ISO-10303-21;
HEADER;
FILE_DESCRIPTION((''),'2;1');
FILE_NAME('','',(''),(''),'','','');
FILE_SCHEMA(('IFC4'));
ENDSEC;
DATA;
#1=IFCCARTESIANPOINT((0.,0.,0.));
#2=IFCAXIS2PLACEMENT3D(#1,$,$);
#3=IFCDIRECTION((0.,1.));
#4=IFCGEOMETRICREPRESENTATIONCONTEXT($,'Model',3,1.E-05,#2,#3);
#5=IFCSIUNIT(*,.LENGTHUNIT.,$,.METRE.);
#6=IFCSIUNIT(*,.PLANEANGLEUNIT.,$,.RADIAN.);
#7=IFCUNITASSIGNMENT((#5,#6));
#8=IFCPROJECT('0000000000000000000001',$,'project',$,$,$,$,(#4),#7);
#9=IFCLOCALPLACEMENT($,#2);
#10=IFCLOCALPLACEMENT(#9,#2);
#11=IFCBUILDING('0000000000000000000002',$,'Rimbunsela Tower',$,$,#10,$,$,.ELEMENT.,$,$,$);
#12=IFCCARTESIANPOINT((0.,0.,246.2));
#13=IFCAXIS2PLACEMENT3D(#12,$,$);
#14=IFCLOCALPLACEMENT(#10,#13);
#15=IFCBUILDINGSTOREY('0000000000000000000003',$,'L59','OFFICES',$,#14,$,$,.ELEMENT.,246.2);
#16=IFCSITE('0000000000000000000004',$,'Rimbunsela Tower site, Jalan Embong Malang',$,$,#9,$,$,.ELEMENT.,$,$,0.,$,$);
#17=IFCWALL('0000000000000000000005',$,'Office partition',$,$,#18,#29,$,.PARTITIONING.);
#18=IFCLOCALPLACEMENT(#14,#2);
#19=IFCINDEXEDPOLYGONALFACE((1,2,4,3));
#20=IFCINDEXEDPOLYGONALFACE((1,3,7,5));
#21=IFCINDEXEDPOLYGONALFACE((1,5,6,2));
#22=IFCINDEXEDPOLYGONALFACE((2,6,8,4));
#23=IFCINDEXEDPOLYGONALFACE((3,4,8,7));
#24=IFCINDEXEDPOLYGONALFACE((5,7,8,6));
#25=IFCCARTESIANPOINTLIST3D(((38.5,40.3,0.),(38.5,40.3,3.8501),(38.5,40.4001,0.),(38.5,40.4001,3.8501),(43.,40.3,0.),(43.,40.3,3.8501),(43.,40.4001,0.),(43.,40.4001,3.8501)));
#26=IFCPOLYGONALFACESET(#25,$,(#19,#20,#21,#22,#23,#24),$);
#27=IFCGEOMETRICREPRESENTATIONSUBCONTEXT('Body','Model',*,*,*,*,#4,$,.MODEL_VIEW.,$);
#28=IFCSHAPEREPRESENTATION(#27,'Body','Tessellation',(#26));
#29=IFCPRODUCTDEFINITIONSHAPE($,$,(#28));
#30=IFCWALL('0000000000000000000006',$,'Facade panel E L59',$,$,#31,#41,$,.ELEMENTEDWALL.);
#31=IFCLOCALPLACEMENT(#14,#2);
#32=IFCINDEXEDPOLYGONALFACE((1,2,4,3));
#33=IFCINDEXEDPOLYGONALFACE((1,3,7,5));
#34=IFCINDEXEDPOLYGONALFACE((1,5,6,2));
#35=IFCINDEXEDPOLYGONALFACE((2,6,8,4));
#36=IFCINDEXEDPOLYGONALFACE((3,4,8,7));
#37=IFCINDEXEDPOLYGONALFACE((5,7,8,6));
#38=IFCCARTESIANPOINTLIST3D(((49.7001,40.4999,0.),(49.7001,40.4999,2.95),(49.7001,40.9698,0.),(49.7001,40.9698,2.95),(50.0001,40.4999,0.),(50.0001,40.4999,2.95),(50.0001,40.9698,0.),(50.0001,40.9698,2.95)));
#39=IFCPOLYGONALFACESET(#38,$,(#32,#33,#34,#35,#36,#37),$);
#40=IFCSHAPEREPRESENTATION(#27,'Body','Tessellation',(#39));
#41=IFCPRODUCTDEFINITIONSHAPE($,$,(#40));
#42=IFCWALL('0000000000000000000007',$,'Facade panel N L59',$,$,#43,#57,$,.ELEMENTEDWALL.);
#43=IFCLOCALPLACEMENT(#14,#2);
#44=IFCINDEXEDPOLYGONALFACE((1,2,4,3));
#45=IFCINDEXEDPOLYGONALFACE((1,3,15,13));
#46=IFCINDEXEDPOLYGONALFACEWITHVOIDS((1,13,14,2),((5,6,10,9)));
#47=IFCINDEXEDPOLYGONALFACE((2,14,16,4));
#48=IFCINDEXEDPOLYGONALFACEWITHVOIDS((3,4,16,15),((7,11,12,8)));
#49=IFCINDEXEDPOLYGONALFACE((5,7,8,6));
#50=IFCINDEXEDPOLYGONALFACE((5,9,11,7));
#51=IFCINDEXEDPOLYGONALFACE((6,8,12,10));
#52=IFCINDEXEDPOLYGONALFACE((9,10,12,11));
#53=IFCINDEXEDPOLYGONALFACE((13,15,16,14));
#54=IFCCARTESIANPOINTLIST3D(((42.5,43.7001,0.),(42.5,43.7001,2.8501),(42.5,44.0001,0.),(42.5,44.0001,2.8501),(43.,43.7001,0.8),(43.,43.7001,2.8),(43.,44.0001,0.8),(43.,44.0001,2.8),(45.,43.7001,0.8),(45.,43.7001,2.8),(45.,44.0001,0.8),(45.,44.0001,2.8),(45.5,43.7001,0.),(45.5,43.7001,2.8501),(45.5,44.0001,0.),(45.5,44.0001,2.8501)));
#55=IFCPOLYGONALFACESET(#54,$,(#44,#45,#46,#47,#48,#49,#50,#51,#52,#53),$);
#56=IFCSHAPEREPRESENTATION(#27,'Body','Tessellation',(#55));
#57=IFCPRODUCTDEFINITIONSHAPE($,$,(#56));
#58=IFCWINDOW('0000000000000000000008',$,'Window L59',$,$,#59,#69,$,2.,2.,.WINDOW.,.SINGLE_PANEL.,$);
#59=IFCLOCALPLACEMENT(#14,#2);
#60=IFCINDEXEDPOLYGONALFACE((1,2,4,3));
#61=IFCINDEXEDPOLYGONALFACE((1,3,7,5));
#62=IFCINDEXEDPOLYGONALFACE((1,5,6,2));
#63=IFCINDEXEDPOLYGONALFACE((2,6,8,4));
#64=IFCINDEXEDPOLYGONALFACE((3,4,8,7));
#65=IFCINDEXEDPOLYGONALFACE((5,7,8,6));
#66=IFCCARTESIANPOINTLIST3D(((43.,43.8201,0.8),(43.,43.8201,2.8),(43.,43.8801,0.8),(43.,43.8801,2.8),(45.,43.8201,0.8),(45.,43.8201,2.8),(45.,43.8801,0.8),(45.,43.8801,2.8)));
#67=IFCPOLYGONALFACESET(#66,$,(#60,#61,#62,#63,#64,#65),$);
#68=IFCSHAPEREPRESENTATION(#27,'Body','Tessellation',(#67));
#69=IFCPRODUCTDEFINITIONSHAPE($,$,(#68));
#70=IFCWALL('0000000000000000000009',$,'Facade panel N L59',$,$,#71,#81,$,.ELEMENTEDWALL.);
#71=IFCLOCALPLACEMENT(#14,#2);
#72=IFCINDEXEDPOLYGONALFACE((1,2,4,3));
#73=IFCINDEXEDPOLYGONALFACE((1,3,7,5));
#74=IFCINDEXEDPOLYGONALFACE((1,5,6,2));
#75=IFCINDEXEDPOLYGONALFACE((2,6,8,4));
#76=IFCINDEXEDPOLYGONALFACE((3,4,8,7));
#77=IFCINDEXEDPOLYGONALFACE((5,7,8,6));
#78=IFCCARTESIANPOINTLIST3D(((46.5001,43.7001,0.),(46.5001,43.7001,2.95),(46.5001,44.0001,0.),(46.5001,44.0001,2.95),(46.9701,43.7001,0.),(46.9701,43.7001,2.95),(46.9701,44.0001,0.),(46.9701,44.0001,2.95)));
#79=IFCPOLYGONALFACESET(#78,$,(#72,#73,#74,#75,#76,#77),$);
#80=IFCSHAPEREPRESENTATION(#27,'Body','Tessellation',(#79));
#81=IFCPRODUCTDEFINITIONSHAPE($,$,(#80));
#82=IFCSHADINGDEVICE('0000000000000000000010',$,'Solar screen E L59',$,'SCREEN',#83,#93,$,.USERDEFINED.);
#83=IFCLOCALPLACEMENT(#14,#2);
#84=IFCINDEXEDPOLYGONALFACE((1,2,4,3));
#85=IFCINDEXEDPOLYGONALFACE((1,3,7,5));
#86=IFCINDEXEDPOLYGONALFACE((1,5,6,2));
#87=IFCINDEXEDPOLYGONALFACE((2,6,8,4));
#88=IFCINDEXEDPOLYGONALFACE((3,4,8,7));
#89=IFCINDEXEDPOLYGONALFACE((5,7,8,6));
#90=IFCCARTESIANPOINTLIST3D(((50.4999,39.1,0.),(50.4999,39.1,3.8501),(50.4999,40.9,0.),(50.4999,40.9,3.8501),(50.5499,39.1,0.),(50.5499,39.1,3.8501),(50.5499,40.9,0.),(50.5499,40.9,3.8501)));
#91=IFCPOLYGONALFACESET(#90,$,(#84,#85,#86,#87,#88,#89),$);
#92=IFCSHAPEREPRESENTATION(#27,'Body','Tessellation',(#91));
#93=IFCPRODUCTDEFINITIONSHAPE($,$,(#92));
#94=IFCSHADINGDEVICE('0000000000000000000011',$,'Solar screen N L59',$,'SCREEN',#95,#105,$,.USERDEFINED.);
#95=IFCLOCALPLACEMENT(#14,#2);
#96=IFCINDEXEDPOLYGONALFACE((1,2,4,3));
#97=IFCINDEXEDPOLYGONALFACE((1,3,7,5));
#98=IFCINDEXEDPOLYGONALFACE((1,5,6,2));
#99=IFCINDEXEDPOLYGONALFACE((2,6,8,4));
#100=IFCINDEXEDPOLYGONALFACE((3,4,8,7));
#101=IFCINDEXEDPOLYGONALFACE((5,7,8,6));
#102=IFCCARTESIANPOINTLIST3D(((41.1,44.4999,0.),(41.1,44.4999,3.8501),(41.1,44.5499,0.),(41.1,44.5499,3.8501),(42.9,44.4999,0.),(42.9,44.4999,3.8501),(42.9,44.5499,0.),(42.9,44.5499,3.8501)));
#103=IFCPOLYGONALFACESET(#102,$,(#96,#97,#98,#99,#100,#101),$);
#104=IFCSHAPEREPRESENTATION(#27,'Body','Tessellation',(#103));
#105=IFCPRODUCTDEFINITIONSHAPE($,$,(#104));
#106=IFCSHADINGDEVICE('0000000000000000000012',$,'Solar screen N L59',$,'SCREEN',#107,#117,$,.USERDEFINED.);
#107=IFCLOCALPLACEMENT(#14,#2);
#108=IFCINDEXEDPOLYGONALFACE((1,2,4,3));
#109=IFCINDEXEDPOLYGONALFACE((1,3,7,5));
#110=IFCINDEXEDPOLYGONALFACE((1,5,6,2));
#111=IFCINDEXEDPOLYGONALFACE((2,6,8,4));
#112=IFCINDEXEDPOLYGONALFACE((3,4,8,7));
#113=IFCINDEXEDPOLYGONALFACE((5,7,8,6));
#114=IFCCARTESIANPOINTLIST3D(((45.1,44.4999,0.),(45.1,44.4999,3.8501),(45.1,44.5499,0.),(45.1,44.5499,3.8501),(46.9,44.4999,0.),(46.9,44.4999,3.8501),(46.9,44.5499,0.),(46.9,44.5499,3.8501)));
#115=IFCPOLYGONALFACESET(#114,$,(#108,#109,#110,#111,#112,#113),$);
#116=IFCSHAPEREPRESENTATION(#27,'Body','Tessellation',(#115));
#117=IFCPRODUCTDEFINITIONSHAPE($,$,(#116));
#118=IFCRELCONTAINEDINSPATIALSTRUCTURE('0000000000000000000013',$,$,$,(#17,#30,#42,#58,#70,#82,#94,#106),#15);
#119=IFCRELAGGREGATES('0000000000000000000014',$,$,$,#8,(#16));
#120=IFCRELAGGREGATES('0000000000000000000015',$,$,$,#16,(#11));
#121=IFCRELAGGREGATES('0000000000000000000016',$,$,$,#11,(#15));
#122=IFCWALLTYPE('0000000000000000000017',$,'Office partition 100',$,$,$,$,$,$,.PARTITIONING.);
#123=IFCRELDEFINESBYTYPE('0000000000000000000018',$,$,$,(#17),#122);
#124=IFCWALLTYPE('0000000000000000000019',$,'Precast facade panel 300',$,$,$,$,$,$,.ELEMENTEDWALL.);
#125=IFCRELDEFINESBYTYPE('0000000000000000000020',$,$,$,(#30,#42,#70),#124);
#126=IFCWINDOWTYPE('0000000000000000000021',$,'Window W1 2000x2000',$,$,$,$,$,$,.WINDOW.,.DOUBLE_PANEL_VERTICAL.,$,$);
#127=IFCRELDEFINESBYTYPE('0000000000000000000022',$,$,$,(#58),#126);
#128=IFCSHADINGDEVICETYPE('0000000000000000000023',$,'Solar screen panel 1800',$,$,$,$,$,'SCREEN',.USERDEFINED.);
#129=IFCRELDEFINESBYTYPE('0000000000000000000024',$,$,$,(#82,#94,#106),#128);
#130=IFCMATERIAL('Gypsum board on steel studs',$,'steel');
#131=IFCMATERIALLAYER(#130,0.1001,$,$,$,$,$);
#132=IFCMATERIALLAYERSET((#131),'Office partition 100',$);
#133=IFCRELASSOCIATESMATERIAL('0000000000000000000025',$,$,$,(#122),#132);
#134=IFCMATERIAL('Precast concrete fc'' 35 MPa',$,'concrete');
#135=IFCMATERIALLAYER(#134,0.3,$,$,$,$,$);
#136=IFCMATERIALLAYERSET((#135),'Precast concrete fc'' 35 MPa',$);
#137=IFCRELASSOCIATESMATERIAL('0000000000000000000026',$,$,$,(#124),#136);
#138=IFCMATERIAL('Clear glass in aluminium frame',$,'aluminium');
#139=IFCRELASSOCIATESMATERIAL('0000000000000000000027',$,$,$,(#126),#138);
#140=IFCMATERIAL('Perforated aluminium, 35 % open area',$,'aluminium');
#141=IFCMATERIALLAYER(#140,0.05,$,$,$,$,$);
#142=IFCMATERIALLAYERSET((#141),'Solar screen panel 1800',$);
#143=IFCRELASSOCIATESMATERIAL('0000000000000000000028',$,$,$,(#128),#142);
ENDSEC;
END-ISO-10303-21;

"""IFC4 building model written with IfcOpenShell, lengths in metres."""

from ifc_helpers import new_model, si_unit, direction, frame, frame_2d, origin, origin_2d, place, context, subcontext, project, spatial, rectangle, extrude, material, layer, layer_set, type_object, element, fill, save


model = new_model("IFC4")

# Units and contexts
model_context = context("Model", 3, precision=1e-05, world=origin(), true_north=direction((0.0, 1.0)))
body_context = subcontext(model_context, "Body", "Model", "MODEL_VIEW")
ifc_project = project(units=[si_unit("LENGTHUNIT", "METRE"), si_unit("PLANEANGLEUNIT", "RADIAN")], contexts=[model_context])

# Site, building, storey
site_placement = place(None, origin())
site = spatial("IfcSite", under=ifc_project, at=site_placement, Name="Rimbunsela Tower site, Jalan Embong Malang", CompositionType="ELEMENT", RefElevation=0.0)
building_placement = place(site_placement, origin())
building = spatial("IfcBuilding", under=site, at=building_placement, Name="Rimbunsela Tower", CompositionType="ELEMENT")
storey_placement = place(building_placement, frame((0.0, 0.0, 246.2)))
storey = spatial("IfcBuildingStorey", under=building, at=storey_placement, Name="L59", Description="OFFICES", CompositionType="ELEMENT", Elevation=246.2)

# Walls
ifc_material_1 = material(Name="Gypsum board on steel studs", Category="steel")
ifc_layer_1 = layer(ifc_material_1, 0.1001)
ifc_layer_set_1 = layer_set([ifc_layer_1], Name="Office partition 100")
wall_type_1 = type_object("IfcWallType", Name="Office partition 100", PredefinedType="PARTITIONING", material=ifc_layer_set_1)
wall_1_placement = place(storey_placement, frame((43.0, 40.3501, 0.0), z_axis=(0.0, 0.0, 1.0), x_axis=(-1.0, 0.0, 0.0)))
element("IfcWall", 1, at=wall_1_placement, inside=storey, type_object=wall_type_1, Name="Office partition", PredefinedType="PARTITIONING", context=body_context, shape_type="SweptSolid", body=[
    extrude(rectangle(XDim=4.5, YDim=0.1001, at=frame_2d((2.25, 0.0))), origin(), (0.0, 0.0, 1.0), 3.8501),
])
ifc_material_2 = material(Name="Precast concrete fc' 35 MPa", Category="concrete")
ifc_layer_2 = layer(ifc_material_2, 0.3)
ifc_layer_set_2 = layer_set([ifc_layer_2], Name="Precast concrete fc' 35 MPa")
wall_type_2 = type_object("IfcWallType", Name="Precast facade panel 300", PredefinedType="ELEMENTEDWALL", material=ifc_layer_set_2)
wall_2_placement = place(storey_placement, frame((49.8501, 40.5, 0.0), z_axis=(0.0, 0.0, 1.0), x_axis=(0.0, 1.0, 0.0)))
element("IfcWall", 2, at=wall_2_placement, inside=storey, type_object=wall_type_2, Name="Facade panel E L59", PredefinedType="ELEMENTEDWALL", context=body_context, shape_type="SweptSolid", body=[
    extrude(rectangle(XDim=0.47, YDim=0.3, at=frame_2d((0.2349, 0.0))), origin(), (0.0, 0.0, 1.0), 2.95),
])

# Wall, opening, window
wall_3_placement = place(storey_placement, frame((45.5, 43.8501, 0.0), z_axis=(0.0, 0.0, 1.0), x_axis=(-1.0, 0.0, 0.0)))
wall_3 = element("IfcWall", 3, at=wall_3_placement, inside=storey, type_object=wall_type_2, Name="Facade panel N L59", PredefinedType="ELEMENTEDWALL", context=body_context, shape_type="SweptSolid", body=[
    extrude(rectangle(XDim=3.0, YDim=0.3, at=frame_2d((1.5, 0.0))), origin(), (0.0, 0.0, 1.0), 2.8501),
])
opening_placement = place(wall_3_placement, frame((0.5, 0.0, 0.8)))
opening = element("IfcOpeningElement", 4, at=opening_placement, cuts=wall_3, PredefinedType="OPENING", context=body_context, shape_type="SweptSolid", body=[
    extrude(rectangle(XDim=2.0, YDim=2.0, at=frame_2d((1.0, 1.0))), frame((0.0, 0.1599, 0.0), z_axis=(0.0, -1.0, 0.0), x_axis=(1.0, 0.0, 0.0)), (0.0, 0.0, 1.0), 0.3201),
])
ifc_material_3 = material(Name="Clear glass in aluminium frame", Category="aluminium")
window_type = type_object("IfcWindowType", Name="Window W1 2000x2000", PartitioningType="DOUBLE_PANEL_VERTICAL", PredefinedType="WINDOW", material=ifc_material_3)
window_placement = place(opening_placement, origin())
window = element("IfcWindow", 5, at=window_placement, inside=storey, type_object=window_type, Name="Window L59", OverallHeight=2.0, OverallWidth=2.0, PartitioningType="SINGLE_PANEL", PredefinedType="WINDOW", context=body_context, shape_type="SweptSolid", body=[
    extrude(rectangle(XDim=2.0, YDim=2.0, at=frame_2d((1.0, 1.0))), frame((0.0, 0.03, 0.0), z_axis=(0.0, -1.0, 0.0), x_axis=(1.0, 0.0, 0.0)), (0.0, 0.0, 1.0), 0.0601),
])
fill(opening, window)

# Wall
wall_4_placement = place(storey_placement, frame((46.97, 43.8501, 0.0), z_axis=(0.0, 0.0, 1.0), x_axis=(-1.0, 0.0, 0.0)))
element("IfcWall", 6, at=wall_4_placement, inside=storey, type_object=wall_type_2, Name="Facade panel N L59", PredefinedType="ELEMENTEDWALL", context=body_context, shape_type="SweptSolid", body=[
    extrude(rectangle(XDim=0.47, YDim=0.3, at=frame_2d((0.2349, 0.0))), origin(), (0.0, 0.0, 1.0), 2.95),
])

# Shading devices
ifc_material_4 = material(Name="Perforated aluminium, 35 % open area", Category="aluminium")
ifc_layer_3 = layer(ifc_material_4, 0.05)
ifc_layer_set_3 = layer_set([ifc_layer_3], Name="Solar screen panel 1800")
shading_device_type = type_object("IfcShadingDeviceType", Name="Solar screen panel 1800", ElementType="SCREEN", PredefinedType="USERDEFINED", material=ifc_layer_set_3)
for number, where, z_axis, x_axis, name in (
    (7, (50.5249, 40.0, 0.0), (0.0, 0.0, 1.0), (0.0, 1.0, 0.0), "Solar screen E L59"),
    (8, (42.0, 44.5249, 0.0), (0.0, 0.0, 1.0), (1.0, 0.0, 0.0), "Solar screen N L59"),
    (9, (46.0, 44.5249, 0.0), (0.0, 0.0, 1.0), (1.0, 0.0, 0.0), "Solar screen N L59"),
):
    element("IfcShadingDevice", number, at=place(storey_placement, frame(where, z_axis=z_axis, x_axis=x_axis)), inside=storey, type_object=shading_device_type, Name=name, ObjectType="SCREEN", PredefinedType="USERDEFINED", context=body_context, shape_type="SweptSolid", body=[
        extrude(rectangle(XDim=1.8, YDim=0.05, at=origin_2d()), origin(), (0.0, 0.0, 1.0), 3.8501),
    ])

save(model, "model.ifc")
